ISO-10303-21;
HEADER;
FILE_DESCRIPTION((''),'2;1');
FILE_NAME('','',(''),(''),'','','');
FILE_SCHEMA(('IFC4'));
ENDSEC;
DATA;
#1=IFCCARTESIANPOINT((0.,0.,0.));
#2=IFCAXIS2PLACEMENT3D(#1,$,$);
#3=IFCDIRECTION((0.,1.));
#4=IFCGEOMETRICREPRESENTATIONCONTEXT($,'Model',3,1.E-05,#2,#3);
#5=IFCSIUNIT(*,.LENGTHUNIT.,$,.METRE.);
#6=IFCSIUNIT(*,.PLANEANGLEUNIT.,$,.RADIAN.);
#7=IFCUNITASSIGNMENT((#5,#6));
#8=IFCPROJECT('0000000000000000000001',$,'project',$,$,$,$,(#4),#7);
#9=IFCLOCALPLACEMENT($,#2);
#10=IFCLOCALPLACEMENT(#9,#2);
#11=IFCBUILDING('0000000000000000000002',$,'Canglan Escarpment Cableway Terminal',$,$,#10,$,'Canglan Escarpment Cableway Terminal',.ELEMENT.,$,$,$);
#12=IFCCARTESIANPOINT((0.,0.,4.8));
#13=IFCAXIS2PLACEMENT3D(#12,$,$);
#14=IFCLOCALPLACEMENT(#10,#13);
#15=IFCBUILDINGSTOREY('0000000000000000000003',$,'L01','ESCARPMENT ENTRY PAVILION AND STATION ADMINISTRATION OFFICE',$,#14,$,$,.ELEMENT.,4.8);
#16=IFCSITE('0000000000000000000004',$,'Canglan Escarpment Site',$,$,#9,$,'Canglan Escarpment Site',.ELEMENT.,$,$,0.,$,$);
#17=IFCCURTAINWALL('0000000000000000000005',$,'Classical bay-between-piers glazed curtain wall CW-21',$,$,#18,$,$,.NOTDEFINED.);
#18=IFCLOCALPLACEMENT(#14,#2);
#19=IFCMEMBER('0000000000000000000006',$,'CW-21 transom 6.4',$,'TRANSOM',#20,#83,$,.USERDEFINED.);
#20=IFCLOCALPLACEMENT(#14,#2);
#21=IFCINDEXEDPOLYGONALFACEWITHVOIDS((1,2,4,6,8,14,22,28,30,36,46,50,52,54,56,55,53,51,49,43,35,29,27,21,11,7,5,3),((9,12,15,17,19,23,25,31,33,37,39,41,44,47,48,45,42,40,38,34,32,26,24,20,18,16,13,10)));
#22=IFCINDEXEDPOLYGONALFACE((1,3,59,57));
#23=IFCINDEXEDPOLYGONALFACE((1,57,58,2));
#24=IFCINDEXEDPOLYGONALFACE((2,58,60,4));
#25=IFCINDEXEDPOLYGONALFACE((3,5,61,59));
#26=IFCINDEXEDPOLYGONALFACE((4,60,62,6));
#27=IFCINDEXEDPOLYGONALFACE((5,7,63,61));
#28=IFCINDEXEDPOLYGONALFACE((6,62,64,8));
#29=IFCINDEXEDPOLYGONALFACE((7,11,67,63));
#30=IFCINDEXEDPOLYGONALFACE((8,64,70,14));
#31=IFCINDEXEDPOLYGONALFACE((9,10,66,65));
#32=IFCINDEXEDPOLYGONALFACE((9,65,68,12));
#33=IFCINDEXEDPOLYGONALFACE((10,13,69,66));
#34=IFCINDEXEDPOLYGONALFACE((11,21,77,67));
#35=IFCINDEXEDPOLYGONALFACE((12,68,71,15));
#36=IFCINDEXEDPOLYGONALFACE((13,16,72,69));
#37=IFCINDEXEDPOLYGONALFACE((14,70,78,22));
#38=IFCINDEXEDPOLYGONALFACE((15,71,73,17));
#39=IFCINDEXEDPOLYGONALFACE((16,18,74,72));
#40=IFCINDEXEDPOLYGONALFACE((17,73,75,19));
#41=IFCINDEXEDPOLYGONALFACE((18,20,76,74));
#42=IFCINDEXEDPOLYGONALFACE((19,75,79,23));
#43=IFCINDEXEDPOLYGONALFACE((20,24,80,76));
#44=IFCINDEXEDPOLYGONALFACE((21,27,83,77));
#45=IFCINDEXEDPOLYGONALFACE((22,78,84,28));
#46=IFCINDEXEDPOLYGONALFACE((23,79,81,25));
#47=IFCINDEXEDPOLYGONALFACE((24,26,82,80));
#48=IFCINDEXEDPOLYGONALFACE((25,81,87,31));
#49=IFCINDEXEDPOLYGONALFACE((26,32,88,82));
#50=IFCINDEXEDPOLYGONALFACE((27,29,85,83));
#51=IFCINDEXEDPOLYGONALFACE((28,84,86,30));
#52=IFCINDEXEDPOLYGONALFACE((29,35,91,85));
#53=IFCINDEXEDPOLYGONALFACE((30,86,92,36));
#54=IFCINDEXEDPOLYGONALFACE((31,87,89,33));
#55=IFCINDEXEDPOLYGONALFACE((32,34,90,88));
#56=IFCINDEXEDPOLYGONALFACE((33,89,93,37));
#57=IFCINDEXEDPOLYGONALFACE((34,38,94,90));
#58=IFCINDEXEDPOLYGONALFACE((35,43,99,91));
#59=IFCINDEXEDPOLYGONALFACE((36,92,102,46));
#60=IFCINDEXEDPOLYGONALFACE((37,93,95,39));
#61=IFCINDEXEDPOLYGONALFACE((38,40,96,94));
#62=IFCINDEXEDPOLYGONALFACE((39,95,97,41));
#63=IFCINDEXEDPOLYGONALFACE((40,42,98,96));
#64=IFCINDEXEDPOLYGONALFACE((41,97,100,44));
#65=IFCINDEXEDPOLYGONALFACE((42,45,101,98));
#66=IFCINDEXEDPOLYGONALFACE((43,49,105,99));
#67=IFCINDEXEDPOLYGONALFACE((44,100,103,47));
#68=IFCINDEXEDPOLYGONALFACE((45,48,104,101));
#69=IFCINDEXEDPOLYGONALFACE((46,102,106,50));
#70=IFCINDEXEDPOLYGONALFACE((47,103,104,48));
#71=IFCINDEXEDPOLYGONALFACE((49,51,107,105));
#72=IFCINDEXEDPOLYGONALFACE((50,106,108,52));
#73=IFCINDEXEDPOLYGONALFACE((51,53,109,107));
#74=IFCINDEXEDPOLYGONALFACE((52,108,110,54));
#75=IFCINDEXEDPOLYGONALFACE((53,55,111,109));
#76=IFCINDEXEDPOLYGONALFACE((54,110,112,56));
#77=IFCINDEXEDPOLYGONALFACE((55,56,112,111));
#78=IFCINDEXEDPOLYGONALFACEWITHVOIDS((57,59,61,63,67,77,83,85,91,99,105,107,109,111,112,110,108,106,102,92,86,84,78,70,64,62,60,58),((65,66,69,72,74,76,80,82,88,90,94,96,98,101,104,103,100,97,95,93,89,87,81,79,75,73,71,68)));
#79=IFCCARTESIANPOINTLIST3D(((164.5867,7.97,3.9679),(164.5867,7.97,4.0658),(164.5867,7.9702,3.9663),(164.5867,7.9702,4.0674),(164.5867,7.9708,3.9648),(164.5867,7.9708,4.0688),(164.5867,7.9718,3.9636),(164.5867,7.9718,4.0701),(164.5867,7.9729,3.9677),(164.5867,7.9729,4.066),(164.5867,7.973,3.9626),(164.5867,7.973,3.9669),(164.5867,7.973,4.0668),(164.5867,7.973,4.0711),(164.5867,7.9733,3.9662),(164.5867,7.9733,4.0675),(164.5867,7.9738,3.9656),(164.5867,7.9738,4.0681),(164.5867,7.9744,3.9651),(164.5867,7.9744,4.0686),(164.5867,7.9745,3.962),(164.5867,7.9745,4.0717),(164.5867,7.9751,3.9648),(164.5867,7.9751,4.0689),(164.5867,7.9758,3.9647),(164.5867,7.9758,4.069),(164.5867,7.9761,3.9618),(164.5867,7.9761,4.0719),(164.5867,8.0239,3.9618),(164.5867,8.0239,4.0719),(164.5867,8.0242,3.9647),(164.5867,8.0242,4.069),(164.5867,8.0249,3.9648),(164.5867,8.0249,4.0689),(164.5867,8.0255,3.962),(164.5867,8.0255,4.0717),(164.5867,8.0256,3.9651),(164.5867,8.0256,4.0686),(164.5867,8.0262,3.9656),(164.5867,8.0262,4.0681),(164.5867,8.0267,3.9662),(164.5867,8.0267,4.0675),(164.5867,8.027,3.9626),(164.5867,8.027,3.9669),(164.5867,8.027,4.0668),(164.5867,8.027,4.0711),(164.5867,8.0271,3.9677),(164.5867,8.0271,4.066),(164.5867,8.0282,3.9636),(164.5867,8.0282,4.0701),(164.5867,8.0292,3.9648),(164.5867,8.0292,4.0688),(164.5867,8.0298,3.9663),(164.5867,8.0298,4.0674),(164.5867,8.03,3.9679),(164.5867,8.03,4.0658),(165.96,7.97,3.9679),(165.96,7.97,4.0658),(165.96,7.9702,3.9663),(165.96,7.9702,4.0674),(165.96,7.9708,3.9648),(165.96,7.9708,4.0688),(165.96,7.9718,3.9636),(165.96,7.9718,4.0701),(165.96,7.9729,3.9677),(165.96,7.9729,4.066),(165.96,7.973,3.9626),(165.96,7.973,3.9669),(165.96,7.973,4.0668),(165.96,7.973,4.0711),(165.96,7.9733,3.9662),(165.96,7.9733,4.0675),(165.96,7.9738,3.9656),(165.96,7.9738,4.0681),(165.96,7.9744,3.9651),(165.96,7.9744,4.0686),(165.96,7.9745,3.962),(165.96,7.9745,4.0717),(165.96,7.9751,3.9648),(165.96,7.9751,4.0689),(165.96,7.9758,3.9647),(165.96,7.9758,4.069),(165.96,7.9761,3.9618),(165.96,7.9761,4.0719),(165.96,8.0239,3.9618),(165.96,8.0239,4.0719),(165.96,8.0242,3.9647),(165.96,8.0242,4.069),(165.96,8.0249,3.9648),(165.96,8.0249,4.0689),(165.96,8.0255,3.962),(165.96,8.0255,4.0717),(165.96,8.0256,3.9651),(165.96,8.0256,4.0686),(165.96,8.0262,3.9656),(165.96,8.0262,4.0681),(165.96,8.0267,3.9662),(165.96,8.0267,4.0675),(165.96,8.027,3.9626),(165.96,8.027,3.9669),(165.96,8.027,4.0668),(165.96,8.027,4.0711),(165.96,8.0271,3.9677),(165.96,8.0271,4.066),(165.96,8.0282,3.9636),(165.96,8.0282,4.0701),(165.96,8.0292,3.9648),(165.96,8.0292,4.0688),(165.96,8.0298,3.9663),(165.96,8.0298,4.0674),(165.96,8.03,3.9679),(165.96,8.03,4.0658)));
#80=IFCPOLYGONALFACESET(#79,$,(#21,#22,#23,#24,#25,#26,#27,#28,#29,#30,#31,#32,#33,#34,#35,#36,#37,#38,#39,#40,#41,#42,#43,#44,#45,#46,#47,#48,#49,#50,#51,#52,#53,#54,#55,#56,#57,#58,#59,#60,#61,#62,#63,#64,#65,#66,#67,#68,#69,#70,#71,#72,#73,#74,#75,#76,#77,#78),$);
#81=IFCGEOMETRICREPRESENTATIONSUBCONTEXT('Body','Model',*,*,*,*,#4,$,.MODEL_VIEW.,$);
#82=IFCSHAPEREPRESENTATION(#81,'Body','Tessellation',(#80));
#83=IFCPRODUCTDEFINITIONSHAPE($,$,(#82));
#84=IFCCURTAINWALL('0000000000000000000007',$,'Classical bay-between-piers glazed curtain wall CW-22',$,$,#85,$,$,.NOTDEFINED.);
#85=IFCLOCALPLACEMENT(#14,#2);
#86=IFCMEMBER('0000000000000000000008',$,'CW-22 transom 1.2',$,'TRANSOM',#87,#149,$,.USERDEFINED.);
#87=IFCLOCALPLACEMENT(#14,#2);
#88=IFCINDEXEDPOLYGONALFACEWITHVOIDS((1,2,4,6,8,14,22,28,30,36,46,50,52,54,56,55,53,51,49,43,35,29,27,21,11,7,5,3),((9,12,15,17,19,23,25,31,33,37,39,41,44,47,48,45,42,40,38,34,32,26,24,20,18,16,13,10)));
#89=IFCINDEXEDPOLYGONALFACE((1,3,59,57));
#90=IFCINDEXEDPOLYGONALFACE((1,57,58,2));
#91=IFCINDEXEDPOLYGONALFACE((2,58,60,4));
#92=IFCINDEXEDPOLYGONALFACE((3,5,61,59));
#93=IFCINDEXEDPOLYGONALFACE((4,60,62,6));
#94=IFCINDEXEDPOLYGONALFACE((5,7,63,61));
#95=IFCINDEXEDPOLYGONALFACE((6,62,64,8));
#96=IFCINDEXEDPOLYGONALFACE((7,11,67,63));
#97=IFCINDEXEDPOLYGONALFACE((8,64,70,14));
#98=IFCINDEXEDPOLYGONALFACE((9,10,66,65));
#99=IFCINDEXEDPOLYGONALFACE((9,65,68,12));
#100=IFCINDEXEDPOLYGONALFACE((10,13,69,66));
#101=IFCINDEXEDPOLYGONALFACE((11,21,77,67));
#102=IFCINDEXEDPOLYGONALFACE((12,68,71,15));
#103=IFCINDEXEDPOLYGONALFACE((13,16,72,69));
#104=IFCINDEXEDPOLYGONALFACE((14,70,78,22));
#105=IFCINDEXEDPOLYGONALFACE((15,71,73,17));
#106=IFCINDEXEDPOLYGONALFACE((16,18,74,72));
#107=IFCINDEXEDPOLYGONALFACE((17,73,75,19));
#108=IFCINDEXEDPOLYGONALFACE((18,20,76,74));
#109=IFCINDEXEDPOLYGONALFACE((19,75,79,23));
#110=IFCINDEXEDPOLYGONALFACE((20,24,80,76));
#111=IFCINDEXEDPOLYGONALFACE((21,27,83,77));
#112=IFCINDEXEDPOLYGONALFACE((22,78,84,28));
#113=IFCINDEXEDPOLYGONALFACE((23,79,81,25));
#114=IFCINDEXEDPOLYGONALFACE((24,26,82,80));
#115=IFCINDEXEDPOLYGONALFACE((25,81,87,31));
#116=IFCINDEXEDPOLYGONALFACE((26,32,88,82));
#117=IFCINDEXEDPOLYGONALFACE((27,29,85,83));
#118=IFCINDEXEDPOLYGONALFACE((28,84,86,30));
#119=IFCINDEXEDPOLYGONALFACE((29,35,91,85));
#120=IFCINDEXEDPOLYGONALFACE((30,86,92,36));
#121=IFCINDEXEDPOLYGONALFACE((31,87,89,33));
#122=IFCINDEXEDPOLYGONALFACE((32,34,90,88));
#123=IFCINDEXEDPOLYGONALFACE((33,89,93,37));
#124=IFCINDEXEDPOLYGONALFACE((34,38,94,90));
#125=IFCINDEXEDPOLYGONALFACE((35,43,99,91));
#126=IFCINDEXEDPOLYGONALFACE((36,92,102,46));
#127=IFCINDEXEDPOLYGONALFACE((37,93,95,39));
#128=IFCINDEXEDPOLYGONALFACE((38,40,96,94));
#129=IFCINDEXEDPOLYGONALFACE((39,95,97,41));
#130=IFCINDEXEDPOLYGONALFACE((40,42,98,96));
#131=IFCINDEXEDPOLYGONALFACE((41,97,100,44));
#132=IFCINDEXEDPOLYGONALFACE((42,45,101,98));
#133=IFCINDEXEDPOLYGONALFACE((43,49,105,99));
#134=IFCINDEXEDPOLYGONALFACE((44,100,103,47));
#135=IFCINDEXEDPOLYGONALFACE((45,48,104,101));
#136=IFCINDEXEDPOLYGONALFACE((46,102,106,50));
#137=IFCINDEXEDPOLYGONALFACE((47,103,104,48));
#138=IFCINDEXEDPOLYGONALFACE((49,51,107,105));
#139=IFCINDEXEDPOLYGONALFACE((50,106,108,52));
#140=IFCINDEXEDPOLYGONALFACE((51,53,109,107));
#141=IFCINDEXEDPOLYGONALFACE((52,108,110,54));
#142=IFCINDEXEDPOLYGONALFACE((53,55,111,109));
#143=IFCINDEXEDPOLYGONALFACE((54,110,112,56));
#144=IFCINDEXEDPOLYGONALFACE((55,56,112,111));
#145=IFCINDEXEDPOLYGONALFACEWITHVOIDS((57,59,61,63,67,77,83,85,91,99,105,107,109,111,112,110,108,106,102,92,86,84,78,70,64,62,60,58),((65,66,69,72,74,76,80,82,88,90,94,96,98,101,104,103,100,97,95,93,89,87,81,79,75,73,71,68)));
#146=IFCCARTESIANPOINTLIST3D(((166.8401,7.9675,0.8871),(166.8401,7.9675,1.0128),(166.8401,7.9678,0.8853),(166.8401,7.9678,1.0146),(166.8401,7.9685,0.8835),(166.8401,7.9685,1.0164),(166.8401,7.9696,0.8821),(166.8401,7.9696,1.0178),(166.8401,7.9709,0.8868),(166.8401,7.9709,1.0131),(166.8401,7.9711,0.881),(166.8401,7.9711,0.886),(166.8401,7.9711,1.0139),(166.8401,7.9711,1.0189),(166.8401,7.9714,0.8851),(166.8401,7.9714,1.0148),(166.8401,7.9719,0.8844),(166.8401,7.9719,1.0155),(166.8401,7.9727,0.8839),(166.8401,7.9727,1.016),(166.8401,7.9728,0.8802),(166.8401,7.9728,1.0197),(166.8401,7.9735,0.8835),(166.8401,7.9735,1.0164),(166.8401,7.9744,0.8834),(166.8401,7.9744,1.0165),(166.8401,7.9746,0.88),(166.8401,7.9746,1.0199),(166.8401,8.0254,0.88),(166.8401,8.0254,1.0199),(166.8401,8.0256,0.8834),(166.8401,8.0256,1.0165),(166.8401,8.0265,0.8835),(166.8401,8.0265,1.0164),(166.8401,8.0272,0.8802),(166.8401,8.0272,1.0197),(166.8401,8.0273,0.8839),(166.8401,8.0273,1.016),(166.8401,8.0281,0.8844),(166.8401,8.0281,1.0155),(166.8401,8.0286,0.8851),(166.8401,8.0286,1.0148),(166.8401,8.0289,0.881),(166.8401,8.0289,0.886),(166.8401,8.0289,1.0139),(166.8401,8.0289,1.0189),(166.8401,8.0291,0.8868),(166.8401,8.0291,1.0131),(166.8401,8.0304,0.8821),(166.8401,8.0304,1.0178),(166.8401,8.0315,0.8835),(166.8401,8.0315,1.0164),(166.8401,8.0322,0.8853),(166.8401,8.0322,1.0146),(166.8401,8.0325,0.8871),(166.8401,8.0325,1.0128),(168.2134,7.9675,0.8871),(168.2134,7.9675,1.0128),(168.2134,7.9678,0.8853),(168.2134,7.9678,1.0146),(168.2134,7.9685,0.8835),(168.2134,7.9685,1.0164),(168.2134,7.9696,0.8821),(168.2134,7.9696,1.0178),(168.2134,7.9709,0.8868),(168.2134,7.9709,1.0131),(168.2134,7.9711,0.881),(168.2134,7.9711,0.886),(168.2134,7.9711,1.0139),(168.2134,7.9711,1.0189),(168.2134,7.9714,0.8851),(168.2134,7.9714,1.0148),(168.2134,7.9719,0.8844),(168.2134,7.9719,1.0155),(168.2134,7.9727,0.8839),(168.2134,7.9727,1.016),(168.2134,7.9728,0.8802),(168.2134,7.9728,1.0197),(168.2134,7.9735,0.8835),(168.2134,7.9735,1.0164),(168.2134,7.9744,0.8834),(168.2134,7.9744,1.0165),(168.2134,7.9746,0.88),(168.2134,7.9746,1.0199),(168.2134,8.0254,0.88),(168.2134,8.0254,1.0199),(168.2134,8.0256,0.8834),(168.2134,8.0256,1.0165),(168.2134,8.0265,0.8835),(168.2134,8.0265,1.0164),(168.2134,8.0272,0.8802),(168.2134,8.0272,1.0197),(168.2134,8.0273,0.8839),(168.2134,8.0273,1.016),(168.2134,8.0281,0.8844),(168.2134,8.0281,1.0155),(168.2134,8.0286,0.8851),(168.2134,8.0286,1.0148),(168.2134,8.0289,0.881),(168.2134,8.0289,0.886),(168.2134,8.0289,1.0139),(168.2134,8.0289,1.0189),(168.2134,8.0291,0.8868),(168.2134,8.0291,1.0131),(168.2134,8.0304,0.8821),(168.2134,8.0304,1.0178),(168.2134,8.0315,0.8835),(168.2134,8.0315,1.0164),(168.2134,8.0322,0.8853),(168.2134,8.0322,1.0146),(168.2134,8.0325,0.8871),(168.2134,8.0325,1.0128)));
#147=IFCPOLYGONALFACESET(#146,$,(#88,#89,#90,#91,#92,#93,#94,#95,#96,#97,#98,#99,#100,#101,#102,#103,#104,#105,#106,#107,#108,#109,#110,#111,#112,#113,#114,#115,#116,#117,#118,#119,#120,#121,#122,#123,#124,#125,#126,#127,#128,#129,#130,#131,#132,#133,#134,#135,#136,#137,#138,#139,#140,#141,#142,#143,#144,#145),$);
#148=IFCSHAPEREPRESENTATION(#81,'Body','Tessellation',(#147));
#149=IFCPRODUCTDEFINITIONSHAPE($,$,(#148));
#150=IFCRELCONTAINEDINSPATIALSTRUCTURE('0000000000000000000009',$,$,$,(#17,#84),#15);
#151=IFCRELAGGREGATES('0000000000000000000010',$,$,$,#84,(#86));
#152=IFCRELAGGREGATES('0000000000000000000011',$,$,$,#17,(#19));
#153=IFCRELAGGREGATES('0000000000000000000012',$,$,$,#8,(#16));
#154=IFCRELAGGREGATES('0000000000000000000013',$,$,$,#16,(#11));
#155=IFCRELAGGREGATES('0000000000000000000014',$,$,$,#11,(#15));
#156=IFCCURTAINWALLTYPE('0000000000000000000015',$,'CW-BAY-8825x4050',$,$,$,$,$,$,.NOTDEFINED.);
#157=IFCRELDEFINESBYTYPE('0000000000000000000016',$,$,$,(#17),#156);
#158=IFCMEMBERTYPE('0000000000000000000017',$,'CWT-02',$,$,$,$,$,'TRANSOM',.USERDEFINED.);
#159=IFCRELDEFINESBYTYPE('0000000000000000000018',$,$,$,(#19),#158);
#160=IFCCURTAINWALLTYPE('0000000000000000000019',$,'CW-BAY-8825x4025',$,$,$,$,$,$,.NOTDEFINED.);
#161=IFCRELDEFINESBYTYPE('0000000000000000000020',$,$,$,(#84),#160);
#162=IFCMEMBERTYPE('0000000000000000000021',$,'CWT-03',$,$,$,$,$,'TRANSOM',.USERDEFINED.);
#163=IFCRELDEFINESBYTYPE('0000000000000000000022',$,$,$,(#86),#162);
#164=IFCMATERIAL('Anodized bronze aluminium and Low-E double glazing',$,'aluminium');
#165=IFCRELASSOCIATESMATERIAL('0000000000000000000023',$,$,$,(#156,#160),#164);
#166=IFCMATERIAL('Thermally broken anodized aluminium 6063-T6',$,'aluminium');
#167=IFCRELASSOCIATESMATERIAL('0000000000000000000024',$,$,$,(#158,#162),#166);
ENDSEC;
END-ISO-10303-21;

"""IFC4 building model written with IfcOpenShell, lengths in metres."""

from ifc_helpers import new_model, si_unit, direction, frame, origin, origin_2d, place, context, subcontext, project, spatial, hollow_rectangle, extrude, material, material_profile, profile_set, type_object, element, aggregate, save


model = new_model("IFC4")

# Units and contexts
model_context = context("Model", 3, precision=1e-05, world=origin(), true_north=direction((0.0, 1.0)))
body_context = subcontext(model_context, "Body", "Model", "MODEL_VIEW")
ifc_project = project(units=[si_unit("LENGTHUNIT", "METRE"), si_unit("PLANEANGLEUNIT", "RADIAN")], contexts=[model_context])

# Site, building, storey
site_placement = place(None, origin())
site = spatial("IfcSite", under=ifc_project, at=site_placement, Name="Canglan Escarpment Site", LongName="Canglan Escarpment Site", CompositionType="ELEMENT", RefElevation=0.0)
building_placement = place(site_placement, origin())
building = spatial("IfcBuilding", under=site, at=building_placement, Name="Canglan Escarpment Cableway Terminal", LongName="Canglan Escarpment Cableway Terminal", CompositionType="ELEMENT")
storey_placement = place(building_placement, frame((0.0, 0.0, 4.8)))
storey = spatial("IfcBuildingStorey", under=building, at=storey_placement, Name="L01", Description="ESCARPMENT ENTRY PAVILION AND STATION ADMINISTRATION OFFICE", CompositionType="ELEMENT", Elevation=4.8)

# Curtain walls, members
ifc_material_1 = material(Name="Anodized bronze aluminium and Low-E double glazing", Category="aluminium")
curtain_wall_type_1 = type_object("IfcCurtainWallType", Name="CW-BAY-8825x4050", PredefinedType="NOTDEFINED", material=ifc_material_1)
curtain_wall_1_placement = place(storey_placement, origin())
curtain_wall_1 = element("IfcCurtainWall", 1, at=curtain_wall_1_placement, inside=storey, type_object=curtain_wall_type_1, Name="Classical bay-between-piers glazed curtain wall CW-21", PredefinedType="NOTDEFINED")
ifc_material_2 = material(Name="Thermally broken anodized aluminium 6063-T6", Category="aluminium")
ifc_material_profile_1 = material_profile(ifc_material_2, hollow_rectangle(XDim=0.0601, YDim=0.1101, WallThickness=0.0029, InnerFilletRadius=0.0029, OuterFilletRadius=0.0061, at=origin_2d()), Name="ALU-TRAN 60x110x3")
ifc_profile_set_1 = profile_set([ifc_material_profile_1], Name="Thermally broken anodized aluminium 6063-T6")
member_type_1 = type_object("IfcMemberType", Name="CWT-02", ElementType="TRANSOM", PredefinedType="USERDEFINED", material=ifc_profile_set_1)
member_1_placement = place(storey_placement, frame((164.5867, 8.0, 4.0168), z_axis=(1.0, 0.0, 0.0), x_axis=(0.0, 1.0, 0.0)))
member_1 = element("IfcMember", 2, at=member_1_placement, type_object=member_type_1, Name="CW-21 transom 6.4", ObjectType="TRANSOM", PredefinedType="USERDEFINED", context=body_context, shape_type="SweptSolid", body=[
    extrude(hollow_rectangle(XDim=0.0601, YDim=0.1101, WallThickness=0.0029, InnerFilletRadius=0.0029, OuterFilletRadius=0.0061, at=origin_2d()), origin(), (0.0, 0.0, 1.0), 1.3733),
])
curtain_wall_type_2 = type_object("IfcCurtainWallType", Name="CW-BAY-8825x4025", PredefinedType="NOTDEFINED", material=ifc_material_1)
curtain_wall_2_placement = place(storey_placement, origin())
curtain_wall_2 = element("IfcCurtainWall", 3, at=curtain_wall_2_placement, inside=storey, type_object=curtain_wall_type_2, Name="Classical bay-between-piers glazed curtain wall CW-22", PredefinedType="NOTDEFINED")
ifc_material_profile_2 = material_profile(ifc_material_2, hollow_rectangle(XDim=0.0649, YDim=0.1399, WallThickness=0.0034, InnerFilletRadius=0.0034, OuterFilletRadius=0.0071, at=origin_2d()), Name="ALU-TRAN 65x140x3.5")
ifc_profile_set_2 = profile_set([ifc_material_profile_2], Name="Thermally broken anodized aluminium 6063-T6")
member_type_2 = type_object("IfcMemberType", Name="CWT-03", ElementType="TRANSOM", PredefinedType="USERDEFINED", material=ifc_profile_set_2)
member_2_placement = place(storey_placement, frame((166.8401, 8.0, 0.95), z_axis=(1.0, 0.0, 0.0), x_axis=(0.0, 1.0, 0.0)))
member_2 = element("IfcMember", 4, at=member_2_placement, type_object=member_type_2, Name="CW-22 transom 1.2", ObjectType="TRANSOM", PredefinedType="USERDEFINED", context=body_context, shape_type="SweptSolid", body=[
    extrude(hollow_rectangle(XDim=0.0649, YDim=0.1399, WallThickness=0.0034, InnerFilletRadius=0.0034, OuterFilletRadius=0.0071, at=origin_2d()), origin(), (0.0, 0.0, 1.0), 1.3733),
])

aggregate(curtain_wall_2, [member_2])
aggregate(curtain_wall_1, [member_1])

save(model, "model.ifc")
